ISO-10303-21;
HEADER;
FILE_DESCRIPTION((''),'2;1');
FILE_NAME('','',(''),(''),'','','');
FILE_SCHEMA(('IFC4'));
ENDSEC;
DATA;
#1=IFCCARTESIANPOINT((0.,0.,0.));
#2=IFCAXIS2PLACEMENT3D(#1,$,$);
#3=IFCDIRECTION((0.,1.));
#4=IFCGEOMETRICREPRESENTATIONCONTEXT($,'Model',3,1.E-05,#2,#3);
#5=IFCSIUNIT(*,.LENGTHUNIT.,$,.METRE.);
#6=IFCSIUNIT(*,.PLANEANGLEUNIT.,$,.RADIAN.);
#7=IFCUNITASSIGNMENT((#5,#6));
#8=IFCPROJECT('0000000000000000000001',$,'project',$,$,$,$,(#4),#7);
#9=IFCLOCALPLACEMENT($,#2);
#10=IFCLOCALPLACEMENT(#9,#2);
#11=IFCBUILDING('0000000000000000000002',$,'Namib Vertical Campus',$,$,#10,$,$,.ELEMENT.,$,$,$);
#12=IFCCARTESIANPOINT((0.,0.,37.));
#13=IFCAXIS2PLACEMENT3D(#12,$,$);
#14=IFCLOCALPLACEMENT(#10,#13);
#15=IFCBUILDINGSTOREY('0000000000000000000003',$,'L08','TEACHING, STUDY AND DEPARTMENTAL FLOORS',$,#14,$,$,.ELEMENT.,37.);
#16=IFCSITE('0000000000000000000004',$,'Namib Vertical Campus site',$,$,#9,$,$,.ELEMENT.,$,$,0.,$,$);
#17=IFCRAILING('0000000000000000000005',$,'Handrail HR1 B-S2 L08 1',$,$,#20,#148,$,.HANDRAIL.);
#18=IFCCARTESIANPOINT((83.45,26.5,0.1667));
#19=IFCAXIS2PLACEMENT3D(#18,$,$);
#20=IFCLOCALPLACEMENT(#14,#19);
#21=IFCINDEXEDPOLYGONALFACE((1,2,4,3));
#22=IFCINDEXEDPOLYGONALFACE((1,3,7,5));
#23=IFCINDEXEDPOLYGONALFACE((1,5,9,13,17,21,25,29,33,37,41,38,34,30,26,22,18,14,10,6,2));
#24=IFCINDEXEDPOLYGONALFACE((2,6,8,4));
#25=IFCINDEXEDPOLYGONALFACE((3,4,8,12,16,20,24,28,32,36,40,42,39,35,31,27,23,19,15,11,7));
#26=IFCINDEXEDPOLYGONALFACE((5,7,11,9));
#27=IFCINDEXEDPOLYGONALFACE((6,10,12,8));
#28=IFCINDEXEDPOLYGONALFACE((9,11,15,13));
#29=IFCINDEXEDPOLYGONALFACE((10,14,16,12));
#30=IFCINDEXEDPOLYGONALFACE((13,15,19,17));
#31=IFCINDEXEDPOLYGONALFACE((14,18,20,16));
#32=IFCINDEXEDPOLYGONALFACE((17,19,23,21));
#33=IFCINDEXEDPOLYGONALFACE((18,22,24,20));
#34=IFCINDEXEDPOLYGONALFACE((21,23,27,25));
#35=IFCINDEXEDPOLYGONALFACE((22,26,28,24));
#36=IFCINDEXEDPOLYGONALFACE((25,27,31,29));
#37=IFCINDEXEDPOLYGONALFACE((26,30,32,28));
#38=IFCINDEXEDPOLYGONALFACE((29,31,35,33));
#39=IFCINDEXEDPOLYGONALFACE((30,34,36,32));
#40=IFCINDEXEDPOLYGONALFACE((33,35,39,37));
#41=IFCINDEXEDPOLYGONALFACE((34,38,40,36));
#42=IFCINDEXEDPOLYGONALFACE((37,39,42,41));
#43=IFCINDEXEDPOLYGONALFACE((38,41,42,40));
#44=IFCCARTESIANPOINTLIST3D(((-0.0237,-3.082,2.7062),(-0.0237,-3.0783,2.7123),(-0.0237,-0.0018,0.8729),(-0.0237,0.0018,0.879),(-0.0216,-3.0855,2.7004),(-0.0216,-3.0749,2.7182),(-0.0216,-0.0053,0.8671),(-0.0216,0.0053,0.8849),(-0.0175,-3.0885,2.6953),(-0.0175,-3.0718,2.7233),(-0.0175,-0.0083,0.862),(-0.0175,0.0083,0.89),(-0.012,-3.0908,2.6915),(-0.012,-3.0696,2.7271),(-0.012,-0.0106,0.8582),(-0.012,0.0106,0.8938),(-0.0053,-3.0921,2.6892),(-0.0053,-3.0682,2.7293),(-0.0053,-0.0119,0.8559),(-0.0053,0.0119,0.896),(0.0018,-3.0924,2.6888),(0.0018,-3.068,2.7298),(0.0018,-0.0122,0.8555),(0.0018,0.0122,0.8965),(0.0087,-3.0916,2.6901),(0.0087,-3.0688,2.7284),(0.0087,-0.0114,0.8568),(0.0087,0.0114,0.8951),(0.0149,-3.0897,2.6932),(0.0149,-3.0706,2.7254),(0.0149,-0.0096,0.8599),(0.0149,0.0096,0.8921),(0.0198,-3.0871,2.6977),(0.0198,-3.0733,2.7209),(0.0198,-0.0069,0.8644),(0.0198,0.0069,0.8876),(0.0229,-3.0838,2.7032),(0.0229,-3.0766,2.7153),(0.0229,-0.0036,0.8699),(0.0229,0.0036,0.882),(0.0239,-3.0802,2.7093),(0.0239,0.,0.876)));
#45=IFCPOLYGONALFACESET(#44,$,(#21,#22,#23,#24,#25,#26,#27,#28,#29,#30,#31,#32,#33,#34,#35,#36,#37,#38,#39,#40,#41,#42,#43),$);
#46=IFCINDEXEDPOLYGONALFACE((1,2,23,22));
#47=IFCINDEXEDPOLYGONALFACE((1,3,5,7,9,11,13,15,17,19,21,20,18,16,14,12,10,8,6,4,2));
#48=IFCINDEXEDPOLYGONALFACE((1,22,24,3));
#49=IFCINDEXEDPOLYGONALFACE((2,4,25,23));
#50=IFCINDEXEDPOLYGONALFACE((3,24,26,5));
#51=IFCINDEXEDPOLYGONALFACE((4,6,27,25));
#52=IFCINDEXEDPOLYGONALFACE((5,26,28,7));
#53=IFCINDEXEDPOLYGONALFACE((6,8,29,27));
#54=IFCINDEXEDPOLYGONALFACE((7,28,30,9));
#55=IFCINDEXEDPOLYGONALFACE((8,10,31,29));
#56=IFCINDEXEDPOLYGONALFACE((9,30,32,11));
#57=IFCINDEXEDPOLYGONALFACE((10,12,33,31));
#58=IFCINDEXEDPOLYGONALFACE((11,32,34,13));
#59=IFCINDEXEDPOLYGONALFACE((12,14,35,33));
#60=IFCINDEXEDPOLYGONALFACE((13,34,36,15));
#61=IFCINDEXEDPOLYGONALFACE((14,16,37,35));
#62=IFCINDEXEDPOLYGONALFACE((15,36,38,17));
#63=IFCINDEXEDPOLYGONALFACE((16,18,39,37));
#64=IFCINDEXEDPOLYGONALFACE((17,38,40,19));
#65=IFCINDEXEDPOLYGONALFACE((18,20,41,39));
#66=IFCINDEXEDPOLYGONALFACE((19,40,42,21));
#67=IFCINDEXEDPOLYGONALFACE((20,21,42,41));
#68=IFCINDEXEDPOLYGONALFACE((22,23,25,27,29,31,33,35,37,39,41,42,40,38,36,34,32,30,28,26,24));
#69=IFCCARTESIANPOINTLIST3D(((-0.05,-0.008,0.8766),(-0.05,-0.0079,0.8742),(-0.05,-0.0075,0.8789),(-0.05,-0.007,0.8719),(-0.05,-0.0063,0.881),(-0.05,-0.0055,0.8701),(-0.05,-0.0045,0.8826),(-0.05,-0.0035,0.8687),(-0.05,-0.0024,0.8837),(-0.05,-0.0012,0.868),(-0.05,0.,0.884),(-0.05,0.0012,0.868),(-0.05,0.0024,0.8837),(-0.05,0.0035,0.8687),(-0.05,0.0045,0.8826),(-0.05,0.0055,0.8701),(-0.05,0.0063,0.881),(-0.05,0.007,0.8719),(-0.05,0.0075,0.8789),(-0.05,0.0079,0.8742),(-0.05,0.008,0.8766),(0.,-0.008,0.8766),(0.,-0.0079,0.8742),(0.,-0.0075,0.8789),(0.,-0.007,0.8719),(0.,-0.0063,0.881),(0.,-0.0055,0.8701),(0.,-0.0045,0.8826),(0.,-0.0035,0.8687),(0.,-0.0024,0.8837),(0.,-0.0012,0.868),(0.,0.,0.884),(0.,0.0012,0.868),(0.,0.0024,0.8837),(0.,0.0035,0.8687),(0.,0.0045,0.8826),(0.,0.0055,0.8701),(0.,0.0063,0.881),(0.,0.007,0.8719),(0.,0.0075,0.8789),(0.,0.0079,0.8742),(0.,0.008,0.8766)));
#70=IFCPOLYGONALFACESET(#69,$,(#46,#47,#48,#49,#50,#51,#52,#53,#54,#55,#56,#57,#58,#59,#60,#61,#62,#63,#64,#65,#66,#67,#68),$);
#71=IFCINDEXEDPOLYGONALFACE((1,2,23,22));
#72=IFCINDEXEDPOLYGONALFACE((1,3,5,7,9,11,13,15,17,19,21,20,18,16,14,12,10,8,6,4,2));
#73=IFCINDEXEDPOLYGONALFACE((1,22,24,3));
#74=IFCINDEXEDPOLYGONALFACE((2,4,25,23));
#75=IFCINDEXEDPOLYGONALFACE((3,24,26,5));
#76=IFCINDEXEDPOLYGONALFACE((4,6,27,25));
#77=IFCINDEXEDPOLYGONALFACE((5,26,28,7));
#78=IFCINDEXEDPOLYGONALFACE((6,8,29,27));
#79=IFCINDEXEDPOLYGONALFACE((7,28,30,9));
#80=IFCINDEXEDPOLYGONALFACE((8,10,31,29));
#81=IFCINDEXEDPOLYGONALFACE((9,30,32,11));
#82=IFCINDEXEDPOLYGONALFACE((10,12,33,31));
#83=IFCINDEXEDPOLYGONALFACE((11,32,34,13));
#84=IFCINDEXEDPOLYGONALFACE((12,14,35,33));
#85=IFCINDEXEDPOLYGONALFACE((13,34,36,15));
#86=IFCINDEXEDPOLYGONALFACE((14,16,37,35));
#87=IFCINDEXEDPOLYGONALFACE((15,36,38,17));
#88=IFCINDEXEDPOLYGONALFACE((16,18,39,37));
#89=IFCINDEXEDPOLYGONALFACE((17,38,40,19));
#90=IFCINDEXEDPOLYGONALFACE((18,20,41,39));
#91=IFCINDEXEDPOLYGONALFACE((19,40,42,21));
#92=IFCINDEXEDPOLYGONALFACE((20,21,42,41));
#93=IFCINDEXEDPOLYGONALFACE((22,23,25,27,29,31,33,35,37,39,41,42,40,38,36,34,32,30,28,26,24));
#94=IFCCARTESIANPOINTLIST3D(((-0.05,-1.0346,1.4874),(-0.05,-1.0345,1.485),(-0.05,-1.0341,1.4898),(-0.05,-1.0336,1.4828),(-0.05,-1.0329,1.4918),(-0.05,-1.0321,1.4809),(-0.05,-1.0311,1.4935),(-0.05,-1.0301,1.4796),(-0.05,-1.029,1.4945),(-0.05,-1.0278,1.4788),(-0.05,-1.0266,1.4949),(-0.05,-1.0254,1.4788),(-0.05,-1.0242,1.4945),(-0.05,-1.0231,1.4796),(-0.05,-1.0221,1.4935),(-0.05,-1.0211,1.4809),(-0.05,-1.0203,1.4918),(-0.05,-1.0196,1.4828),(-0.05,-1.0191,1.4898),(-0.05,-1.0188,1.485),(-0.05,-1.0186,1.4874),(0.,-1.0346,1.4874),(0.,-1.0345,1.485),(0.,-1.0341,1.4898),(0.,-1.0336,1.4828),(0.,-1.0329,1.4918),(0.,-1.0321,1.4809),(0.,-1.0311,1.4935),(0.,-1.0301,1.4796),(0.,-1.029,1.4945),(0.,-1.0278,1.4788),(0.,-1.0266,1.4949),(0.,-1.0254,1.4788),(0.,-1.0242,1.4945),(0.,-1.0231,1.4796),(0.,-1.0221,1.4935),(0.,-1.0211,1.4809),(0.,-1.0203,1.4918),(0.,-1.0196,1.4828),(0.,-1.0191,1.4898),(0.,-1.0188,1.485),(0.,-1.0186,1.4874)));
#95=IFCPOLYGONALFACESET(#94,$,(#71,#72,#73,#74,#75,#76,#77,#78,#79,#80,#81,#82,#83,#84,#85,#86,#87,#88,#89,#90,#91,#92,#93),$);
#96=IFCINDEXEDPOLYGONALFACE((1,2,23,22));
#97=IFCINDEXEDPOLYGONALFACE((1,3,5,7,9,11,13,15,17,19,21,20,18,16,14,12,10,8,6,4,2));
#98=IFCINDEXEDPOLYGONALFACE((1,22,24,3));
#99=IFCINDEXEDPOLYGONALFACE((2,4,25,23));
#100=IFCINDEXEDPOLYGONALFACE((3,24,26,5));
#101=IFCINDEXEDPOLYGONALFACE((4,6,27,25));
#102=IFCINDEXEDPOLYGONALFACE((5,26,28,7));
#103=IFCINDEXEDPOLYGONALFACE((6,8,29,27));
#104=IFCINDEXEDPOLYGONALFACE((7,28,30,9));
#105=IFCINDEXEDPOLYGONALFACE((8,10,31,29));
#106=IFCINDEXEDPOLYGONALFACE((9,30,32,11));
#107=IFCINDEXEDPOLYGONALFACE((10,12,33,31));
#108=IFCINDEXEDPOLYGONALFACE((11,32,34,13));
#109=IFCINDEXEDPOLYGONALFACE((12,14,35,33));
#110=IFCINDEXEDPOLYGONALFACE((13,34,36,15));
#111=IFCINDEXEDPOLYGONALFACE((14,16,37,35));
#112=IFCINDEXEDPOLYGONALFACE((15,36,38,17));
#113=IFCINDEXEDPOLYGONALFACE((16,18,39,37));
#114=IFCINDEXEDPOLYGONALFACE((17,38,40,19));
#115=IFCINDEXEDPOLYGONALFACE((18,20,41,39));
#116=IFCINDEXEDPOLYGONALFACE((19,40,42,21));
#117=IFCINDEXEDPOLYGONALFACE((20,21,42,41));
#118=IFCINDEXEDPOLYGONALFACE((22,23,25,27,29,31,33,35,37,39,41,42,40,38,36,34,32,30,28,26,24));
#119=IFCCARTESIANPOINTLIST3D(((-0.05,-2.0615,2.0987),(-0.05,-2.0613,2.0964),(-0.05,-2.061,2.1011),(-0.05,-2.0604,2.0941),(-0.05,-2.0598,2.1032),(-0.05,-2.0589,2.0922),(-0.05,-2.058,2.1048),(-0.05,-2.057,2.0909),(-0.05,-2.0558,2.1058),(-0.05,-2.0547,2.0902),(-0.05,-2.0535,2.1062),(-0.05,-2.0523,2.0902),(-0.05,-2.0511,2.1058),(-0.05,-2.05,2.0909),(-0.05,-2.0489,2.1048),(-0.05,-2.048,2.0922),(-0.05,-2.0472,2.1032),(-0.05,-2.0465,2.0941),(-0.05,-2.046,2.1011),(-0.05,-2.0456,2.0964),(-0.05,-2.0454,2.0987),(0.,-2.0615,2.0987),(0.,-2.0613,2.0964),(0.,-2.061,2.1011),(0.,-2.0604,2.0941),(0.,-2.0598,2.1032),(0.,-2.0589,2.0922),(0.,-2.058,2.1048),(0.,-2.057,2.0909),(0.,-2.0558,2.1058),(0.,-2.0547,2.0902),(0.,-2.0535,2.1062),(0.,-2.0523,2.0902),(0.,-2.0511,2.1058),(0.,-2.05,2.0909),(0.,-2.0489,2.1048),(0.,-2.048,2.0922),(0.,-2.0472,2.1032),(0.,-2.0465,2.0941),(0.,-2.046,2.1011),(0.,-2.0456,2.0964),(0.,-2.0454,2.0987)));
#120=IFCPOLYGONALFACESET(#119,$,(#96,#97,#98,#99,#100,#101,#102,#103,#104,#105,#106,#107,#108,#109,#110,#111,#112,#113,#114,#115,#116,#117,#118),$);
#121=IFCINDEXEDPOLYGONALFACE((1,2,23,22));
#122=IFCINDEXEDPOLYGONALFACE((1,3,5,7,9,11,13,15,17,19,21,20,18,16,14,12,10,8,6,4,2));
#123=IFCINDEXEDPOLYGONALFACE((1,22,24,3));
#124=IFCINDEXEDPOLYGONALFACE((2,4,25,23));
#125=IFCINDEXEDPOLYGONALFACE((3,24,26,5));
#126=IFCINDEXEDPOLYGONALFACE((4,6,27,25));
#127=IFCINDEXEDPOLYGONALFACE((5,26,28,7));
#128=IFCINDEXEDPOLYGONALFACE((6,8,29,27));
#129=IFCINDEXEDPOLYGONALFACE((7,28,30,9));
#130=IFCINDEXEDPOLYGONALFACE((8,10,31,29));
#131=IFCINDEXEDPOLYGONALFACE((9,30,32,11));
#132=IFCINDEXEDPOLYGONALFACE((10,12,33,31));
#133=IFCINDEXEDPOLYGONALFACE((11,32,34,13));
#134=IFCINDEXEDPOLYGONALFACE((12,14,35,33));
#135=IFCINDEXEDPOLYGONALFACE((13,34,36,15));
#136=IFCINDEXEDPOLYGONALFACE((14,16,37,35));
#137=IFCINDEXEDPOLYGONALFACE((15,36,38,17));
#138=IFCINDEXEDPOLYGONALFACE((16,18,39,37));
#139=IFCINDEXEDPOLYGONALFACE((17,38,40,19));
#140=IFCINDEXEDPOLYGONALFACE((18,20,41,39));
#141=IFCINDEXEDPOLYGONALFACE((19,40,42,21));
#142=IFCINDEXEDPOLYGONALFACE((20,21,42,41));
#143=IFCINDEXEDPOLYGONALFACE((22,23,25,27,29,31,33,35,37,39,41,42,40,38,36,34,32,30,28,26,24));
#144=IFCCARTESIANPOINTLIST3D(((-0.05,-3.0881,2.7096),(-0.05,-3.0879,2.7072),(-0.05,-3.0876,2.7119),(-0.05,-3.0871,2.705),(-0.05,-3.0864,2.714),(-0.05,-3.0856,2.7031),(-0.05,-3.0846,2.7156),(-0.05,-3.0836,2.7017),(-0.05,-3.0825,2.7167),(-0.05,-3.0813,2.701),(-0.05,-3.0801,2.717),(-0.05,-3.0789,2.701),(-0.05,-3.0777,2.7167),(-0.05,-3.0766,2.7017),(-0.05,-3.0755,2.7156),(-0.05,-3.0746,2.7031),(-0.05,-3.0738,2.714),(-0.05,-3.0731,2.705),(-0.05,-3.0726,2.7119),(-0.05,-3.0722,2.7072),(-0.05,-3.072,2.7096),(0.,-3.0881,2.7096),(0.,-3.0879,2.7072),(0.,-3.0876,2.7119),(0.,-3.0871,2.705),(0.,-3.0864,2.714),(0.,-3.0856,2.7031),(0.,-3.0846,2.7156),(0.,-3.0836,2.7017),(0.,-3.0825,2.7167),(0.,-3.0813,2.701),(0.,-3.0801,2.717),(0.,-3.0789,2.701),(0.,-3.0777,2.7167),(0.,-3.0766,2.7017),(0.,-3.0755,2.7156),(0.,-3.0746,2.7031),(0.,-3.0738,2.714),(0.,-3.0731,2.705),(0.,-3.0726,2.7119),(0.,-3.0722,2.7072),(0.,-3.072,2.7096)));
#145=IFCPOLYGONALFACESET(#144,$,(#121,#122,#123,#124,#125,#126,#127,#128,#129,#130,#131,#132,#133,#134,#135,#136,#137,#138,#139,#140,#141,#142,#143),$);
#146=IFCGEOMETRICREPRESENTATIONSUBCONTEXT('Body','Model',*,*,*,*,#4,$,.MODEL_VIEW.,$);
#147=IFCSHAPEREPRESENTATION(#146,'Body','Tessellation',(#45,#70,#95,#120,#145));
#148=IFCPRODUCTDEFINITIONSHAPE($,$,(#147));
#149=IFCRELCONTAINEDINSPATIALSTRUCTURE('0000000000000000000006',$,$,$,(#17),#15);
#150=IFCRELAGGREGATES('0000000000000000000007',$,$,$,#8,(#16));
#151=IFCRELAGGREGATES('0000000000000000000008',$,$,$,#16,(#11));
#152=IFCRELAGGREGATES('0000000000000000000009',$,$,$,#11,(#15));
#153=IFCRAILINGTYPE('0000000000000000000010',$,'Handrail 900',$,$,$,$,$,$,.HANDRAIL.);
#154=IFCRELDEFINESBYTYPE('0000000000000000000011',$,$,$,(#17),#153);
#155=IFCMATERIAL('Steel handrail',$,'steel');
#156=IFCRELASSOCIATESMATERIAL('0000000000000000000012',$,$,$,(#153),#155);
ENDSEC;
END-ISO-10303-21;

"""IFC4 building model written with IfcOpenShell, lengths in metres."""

from ifc_helpers import new_model, si_unit, direction, frame, origin, origin_2d, place, context, subcontext, project, spatial, circle, extrude, material, type_object, element, save


model = new_model("IFC4")

# Units and contexts
model_context = context("Model", 3, precision=1e-05, world=origin(), true_north=direction((0.0, 1.0)))
body_context = subcontext(model_context, "Body", "Model", "MODEL_VIEW")
ifc_project = project(units=[si_unit("LENGTHUNIT", "METRE"), si_unit("PLANEANGLEUNIT", "RADIAN")], contexts=[model_context])

# Site, building, storey
site_placement = place(None, origin())
site = spatial("IfcSite", under=ifc_project, at=site_placement, Name="Namib Vertical Campus site", CompositionType="ELEMENT", RefElevation=0.0)
building_placement = place(site_placement, origin())
building = spatial("IfcBuilding", under=site, at=building_placement, Name="Namib Vertical Campus", CompositionType="ELEMENT")
storey_placement = place(building_placement, frame((0.0, 0.0, 37.0)))
storey = spatial("IfcBuildingStorey", under=building, at=storey_placement, Name="L08", Description="TEACHING, STUDY AND DEPARTMENTAL FLOORS", CompositionType="ELEMENT", Elevation=37.0)

# Railing
ifc_material_1 = material(Name="Steel handrail", Category="steel")
railing_type_1 = type_object("IfcRailingType", Name="Handrail 900", PredefinedType="HANDRAIL", material=ifc_material_1)
railing_1_placement = place(storey_placement, frame((83.45, 26.5, 0.1667)))
element("IfcRailing", 1, at=railing_1_placement, inside=storey, type_object=railing_type_1, Name="Handrail HR1 B-S2 L08 1", PredefinedType="HANDRAIL", context=body_context, shape_type="SweptSolid", body=[
    extrude(circle(Radius=0.0239, at=origin_2d()), frame((0.0, 0.0, 0.876), z_axis=(0.0, -0.859309, 0.511458), x_axis=(1.0, 0.0, 0.0)), (0.0, 0.0, 1.0), 3.5845),
    extrude(circle(Radius=0.0081, at=origin_2d()), frame((0.0, 0.0, 0.876), z_axis=(-1.0, 0.0, 0.0), x_axis=(0.0, 0.0, 1.0)), (0.0, 0.0, 1.0), 0.05),
    extrude(circle(Radius=0.0081, at=origin_2d()), frame((0.0, -1.0266, 1.4868), z_axis=(-1.0, 0.0, 0.0), x_axis=(0.0, 0.0, 1.0)), (0.0, 0.0, 1.0), 0.05),
    extrude(circle(Radius=0.0081, at=origin_2d()), frame((0.0, -2.0535, 2.0981), z_axis=(-1.0, 0.0, 0.0), x_axis=(0.0, 0.0, 1.0)), (0.0, 0.0, 1.0), 0.05),
    extrude(circle(Radius=0.0081, at=origin_2d()), frame((0.0, -3.0801, 2.709), z_axis=(-1.0, 0.0, 0.0), x_axis=(0.0, 0.0, 1.0)), (0.0, 0.0, 1.0), 0.05),
])

save(model, "model.ifc")
